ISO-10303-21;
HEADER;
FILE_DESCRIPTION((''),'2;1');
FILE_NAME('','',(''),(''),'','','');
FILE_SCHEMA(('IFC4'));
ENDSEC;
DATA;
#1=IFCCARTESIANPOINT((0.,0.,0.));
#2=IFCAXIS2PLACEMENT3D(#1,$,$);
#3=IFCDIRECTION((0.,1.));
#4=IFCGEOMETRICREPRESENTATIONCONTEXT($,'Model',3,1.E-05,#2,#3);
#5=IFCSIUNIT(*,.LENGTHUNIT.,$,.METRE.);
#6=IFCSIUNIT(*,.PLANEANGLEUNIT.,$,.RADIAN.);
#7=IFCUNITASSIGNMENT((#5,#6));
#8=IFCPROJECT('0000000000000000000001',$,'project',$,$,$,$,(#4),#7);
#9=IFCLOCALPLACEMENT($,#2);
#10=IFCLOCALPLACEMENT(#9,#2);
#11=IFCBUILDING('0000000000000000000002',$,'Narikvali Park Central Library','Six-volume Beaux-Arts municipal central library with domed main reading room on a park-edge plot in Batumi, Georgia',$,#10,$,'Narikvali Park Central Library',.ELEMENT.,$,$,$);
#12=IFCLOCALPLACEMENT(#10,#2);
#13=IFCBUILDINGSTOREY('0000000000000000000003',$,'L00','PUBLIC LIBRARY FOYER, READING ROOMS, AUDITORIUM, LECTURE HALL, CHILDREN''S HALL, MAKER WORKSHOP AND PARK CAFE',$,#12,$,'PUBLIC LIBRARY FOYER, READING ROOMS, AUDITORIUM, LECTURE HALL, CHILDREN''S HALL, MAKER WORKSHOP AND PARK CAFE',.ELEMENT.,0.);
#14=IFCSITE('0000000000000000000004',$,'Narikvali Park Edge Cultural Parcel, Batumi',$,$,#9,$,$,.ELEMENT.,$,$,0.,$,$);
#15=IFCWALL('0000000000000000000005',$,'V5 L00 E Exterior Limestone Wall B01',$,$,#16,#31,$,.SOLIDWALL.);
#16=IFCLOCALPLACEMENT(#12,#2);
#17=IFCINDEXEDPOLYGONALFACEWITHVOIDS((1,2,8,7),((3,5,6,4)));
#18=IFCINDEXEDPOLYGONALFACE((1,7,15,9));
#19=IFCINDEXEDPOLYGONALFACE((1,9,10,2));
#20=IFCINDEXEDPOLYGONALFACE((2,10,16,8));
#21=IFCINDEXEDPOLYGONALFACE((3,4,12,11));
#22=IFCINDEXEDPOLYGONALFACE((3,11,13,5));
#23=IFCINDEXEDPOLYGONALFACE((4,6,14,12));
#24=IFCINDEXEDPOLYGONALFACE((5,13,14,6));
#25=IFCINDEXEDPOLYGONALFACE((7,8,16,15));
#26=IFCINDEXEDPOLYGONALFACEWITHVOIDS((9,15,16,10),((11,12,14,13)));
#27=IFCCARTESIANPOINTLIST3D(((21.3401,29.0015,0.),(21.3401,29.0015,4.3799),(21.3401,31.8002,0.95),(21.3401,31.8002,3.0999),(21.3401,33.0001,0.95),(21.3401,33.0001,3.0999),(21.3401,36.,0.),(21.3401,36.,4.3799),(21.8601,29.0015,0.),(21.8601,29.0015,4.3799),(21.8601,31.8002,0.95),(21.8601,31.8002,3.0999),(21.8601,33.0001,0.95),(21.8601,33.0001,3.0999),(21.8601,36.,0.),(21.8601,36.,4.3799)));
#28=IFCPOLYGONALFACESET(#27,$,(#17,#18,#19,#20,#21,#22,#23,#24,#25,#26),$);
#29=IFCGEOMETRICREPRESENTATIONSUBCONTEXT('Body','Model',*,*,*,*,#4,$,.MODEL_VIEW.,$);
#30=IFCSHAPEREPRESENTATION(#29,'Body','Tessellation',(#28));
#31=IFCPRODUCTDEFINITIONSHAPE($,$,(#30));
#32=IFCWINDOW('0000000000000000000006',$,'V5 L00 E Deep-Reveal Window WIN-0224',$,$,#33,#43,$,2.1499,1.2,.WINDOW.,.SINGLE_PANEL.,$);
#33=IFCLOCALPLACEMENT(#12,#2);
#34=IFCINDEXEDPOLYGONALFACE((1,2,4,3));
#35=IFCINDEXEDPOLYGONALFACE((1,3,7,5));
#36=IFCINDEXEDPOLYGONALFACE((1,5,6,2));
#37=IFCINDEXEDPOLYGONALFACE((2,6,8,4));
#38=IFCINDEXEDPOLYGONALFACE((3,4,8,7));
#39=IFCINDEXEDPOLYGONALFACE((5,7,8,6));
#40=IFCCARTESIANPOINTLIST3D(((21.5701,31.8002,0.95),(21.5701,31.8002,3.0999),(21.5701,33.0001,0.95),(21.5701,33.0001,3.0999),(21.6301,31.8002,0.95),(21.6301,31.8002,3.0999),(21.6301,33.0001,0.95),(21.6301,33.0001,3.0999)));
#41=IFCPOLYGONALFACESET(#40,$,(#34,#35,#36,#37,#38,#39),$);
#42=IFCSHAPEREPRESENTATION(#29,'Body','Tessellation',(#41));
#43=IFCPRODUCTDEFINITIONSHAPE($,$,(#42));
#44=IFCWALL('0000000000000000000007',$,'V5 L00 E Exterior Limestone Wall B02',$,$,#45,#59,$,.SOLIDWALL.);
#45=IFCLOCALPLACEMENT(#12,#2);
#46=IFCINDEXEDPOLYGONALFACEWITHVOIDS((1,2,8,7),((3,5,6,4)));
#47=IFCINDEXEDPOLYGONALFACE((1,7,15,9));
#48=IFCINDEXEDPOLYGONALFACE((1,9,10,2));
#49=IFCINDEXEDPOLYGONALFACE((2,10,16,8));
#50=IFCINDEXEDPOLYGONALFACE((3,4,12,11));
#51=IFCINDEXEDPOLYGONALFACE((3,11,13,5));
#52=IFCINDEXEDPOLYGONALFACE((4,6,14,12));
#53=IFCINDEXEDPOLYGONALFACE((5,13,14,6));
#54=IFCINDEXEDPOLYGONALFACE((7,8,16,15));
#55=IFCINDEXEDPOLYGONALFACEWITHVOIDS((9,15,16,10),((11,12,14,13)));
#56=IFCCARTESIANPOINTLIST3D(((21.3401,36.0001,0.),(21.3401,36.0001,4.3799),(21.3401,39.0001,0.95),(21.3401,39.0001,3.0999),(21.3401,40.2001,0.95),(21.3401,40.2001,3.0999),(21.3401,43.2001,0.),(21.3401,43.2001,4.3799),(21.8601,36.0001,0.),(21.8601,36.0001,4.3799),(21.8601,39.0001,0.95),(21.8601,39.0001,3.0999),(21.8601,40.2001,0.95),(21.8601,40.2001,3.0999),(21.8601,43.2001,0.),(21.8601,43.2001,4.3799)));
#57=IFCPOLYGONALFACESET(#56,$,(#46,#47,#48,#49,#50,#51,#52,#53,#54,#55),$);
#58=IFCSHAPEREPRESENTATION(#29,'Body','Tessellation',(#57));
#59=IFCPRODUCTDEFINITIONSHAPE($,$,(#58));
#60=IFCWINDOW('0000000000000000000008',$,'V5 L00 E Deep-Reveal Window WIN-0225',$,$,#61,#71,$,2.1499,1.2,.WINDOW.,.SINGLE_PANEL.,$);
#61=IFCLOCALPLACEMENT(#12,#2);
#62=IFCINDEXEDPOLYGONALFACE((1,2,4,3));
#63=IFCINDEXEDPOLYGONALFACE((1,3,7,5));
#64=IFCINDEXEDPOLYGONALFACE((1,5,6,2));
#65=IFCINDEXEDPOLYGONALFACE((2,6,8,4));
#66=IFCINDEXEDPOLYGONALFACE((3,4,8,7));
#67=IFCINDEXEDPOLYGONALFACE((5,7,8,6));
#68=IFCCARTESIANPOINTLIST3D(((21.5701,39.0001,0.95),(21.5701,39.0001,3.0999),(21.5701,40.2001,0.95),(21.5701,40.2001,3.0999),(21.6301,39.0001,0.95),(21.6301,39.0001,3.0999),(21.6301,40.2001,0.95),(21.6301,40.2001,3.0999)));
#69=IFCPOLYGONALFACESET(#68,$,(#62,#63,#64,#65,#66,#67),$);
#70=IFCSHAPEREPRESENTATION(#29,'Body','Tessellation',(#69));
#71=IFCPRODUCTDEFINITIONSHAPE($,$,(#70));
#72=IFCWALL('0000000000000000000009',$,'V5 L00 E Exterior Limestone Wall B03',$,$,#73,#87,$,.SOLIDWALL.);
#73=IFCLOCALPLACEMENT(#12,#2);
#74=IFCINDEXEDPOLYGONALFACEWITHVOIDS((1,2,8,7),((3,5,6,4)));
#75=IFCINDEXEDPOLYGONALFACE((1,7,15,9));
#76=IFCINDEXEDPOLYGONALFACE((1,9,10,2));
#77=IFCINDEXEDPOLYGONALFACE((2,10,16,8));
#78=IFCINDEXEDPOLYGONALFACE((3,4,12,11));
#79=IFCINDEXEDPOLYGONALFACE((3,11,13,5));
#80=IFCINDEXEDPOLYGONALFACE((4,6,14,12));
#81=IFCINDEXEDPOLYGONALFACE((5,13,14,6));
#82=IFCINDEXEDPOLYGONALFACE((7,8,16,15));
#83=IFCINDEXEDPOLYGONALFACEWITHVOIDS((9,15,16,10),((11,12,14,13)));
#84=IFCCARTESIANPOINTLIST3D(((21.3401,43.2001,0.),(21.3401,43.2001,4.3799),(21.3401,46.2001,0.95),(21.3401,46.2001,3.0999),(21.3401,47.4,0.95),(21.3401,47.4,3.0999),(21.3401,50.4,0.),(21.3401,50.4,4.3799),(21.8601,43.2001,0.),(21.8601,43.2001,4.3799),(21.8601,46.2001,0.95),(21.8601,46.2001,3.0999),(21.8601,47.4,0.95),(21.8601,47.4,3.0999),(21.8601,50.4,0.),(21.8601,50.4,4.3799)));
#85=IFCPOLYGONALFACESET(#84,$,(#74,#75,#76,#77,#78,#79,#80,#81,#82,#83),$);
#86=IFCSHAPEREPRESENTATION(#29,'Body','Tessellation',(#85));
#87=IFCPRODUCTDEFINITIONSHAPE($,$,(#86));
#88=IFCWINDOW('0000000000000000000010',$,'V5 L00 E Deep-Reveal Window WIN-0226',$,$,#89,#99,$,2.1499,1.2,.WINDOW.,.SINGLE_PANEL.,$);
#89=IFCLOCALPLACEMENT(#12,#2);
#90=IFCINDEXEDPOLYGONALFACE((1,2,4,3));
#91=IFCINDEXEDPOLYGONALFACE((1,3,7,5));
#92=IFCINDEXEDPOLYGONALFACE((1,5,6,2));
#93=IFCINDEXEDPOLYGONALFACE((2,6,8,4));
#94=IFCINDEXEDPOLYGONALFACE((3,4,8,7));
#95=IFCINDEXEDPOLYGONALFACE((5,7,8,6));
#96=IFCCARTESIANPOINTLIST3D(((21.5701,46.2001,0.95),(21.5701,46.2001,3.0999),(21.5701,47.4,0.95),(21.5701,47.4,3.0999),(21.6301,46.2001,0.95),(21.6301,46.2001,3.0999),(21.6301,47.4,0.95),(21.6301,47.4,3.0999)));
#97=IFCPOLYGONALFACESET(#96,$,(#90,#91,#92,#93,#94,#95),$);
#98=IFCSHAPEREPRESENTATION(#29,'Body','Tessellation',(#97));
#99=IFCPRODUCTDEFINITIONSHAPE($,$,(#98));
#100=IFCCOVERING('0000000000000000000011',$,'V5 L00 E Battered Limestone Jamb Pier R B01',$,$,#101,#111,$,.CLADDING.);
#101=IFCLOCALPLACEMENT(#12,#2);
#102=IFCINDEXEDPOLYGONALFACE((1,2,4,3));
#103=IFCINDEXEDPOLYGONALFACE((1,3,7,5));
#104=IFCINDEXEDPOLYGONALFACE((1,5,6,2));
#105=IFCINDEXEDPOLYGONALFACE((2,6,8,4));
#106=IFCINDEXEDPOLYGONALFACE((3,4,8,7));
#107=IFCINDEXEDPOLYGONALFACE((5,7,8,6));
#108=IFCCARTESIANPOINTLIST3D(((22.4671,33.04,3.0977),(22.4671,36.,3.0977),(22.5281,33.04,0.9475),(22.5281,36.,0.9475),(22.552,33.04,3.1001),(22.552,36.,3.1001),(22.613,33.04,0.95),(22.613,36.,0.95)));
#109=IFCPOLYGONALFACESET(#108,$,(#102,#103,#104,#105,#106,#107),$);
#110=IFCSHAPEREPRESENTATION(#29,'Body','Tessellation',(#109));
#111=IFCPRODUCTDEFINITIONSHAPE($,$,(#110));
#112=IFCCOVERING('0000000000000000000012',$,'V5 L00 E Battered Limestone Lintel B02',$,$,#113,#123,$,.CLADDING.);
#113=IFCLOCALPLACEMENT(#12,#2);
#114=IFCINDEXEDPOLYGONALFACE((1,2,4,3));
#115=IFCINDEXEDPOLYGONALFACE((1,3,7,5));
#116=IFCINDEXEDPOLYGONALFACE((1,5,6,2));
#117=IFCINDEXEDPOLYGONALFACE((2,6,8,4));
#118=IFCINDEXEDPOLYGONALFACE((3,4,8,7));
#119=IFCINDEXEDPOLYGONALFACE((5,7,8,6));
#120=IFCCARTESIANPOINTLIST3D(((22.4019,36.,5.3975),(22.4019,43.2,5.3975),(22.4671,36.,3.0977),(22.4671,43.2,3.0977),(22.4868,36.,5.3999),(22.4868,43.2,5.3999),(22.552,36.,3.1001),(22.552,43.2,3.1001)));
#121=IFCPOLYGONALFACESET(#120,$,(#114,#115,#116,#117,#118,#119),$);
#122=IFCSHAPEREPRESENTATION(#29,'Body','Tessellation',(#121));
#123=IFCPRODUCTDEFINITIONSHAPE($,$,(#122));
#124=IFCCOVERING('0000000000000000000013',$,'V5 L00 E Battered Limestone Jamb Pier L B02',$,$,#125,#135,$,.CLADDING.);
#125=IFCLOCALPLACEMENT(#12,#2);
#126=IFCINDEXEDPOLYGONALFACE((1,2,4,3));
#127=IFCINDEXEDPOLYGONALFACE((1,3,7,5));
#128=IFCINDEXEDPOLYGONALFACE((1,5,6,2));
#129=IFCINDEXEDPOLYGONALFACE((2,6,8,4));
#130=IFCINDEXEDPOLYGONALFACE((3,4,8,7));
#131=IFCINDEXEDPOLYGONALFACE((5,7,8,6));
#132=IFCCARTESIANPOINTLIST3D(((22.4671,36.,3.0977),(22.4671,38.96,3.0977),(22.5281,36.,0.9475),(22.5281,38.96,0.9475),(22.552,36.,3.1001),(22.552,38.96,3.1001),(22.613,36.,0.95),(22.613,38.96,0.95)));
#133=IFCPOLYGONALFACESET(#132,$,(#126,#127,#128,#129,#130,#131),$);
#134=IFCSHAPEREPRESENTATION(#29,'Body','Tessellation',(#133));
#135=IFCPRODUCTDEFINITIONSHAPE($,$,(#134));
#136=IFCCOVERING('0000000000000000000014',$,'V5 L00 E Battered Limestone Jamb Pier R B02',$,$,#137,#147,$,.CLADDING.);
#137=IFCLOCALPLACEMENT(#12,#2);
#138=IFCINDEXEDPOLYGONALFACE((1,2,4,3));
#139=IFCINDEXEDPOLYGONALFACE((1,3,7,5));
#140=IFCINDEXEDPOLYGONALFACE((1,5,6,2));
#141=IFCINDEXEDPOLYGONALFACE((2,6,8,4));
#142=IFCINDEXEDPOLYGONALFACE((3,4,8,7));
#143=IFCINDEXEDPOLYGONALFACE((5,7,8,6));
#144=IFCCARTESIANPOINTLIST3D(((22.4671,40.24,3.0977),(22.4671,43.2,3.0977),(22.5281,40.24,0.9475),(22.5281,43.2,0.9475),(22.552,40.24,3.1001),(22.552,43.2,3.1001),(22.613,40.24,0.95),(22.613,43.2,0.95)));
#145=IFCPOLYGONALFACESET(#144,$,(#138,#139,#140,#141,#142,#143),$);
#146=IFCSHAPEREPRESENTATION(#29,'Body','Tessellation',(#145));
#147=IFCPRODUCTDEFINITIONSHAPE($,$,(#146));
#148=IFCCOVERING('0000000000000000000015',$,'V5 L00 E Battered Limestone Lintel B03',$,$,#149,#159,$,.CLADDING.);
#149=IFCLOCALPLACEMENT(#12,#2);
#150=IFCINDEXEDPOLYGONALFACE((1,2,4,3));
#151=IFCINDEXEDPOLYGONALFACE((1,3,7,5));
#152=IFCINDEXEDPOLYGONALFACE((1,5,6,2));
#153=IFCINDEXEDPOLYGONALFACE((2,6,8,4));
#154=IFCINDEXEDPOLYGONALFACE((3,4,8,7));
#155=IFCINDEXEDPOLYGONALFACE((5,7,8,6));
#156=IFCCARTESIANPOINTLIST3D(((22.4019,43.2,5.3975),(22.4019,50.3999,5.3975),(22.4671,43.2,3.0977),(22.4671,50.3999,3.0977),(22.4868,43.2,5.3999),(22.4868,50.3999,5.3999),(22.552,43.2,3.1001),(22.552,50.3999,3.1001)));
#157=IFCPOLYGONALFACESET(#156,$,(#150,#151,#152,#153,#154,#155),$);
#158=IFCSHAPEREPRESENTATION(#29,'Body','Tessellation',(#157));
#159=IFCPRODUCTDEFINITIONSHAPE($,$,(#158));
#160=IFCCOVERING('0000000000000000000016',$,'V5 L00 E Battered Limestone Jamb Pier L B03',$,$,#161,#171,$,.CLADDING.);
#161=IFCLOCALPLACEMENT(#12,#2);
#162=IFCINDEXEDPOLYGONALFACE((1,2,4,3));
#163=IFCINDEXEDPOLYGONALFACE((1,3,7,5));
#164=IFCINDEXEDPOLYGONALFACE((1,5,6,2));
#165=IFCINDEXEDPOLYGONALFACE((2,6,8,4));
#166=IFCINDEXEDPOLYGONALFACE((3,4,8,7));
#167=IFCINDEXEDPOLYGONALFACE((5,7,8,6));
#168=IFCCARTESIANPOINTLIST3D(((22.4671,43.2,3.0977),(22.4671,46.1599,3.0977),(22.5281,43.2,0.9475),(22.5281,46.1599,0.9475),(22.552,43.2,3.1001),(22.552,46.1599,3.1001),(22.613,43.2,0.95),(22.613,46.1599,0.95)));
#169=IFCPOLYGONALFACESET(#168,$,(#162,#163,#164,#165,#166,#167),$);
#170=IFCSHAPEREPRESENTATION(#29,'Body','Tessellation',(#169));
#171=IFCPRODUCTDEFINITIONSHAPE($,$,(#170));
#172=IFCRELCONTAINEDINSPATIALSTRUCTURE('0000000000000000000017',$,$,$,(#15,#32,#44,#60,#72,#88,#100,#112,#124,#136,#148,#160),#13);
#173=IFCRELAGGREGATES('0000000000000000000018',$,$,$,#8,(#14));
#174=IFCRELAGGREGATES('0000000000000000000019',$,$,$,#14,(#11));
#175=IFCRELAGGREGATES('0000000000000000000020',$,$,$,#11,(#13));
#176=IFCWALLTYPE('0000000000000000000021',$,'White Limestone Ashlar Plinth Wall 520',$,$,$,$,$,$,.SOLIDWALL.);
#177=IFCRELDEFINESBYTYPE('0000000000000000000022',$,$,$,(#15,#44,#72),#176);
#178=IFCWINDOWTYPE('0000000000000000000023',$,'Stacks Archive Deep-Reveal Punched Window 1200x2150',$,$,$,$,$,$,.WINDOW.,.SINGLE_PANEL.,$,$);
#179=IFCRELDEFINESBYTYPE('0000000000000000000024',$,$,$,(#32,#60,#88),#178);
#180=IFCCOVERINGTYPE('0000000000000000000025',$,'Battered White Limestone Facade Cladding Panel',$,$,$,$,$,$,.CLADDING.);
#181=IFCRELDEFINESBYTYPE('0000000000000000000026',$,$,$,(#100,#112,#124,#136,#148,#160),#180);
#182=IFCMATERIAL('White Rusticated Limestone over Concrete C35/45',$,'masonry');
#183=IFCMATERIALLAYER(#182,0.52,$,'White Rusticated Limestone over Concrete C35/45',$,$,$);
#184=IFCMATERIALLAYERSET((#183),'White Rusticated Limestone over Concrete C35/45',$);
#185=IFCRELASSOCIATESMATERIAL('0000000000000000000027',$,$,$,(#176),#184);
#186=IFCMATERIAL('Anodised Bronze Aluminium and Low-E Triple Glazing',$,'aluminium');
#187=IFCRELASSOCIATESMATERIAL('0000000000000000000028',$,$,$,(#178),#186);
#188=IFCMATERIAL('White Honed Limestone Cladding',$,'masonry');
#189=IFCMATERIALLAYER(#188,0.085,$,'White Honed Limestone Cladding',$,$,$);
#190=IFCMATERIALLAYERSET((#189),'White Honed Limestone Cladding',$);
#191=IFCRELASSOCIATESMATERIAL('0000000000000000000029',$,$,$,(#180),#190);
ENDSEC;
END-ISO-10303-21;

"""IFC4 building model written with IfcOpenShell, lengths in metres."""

from ifc_helpers import new_model, si_unit, direction, frame, frame_2d, origin, place, context, subcontext, project, spatial, polyline, rectangle, outline, extrude, material, layer, layer_set, type_object, element, fill, save


model = new_model("IFC4")

# Units and contexts
model_context = context("Model", 3, precision=1e-05, world=origin(), true_north=direction((0.0, 1.0)))
body_context = subcontext(model_context, "Body", "Model", "MODEL_VIEW")
ifc_project = project(units=[si_unit("LENGTHUNIT", "METRE"), si_unit("PLANEANGLEUNIT", "RADIAN")], contexts=[model_context])

# Site, building, storey
site_placement = place(None, origin())
site = spatial("IfcSite", under=ifc_project, at=site_placement, Name="Narikvali Park Edge Cultural Parcel, Batumi", CompositionType="ELEMENT", RefElevation=0.0)
building_placement = place(site_placement, origin())
building = spatial("IfcBuilding", under=site, at=building_placement, Name="Narikvali Park Central Library", Description="Six-volume Beaux-Arts municipal central library with domed main reading room on a park-edge plot in Batumi, Georgia", LongName="Narikvali Park Central Library", CompositionType="ELEMENT")
storey_placement = place(building_placement, origin())
storey = spatial("IfcBuildingStorey", under=building, at=storey_placement, Name="L00", Description="PUBLIC LIBRARY FOYER, READING ROOMS, AUDITORIUM, LECTURE HALL, CHILDREN'S HALL, MAKER WORKSHOP AND PARK CAFE", LongName="PUBLIC LIBRARY FOYER, READING ROOMS, AUDITORIUM, LECTURE HALL, CHILDREN'S HALL, MAKER WORKSHOP AND PARK CAFE", CompositionType="ELEMENT", Elevation=0.0)

# Walls, openings, windows
ifc_material_1 = material(Name="White Rusticated Limestone over Concrete C35/45", Category="masonry")
ifc_layer_1 = layer(ifc_material_1, 0.52, Name="White Rusticated Limestone over Concrete C35/45")
ifc_layer_set_1 = layer_set([ifc_layer_1], Name="White Rusticated Limestone over Concrete C35/45")
wall_type = type_object("IfcWallType", Name="White Limestone Ashlar Plinth Wall 520", PredefinedType="SOLIDWALL", material=ifc_layer_set_1)
wall_1_placement = place(storey_placement, frame((21.6001, 29.0015, 0.0), z_axis=(0.0, 0.0, 1.0), x_axis=(0.0, 1.0, 0.0)))
wall_1 = element("IfcWall", 1, at=wall_1_placement, inside=storey, type_object=wall_type, Name="V5 L00 E Exterior Limestone Wall B01", PredefinedType="SOLIDWALL", context=body_context, shape_type="SweptSolid", body=[
    extrude(rectangle(XDim=6.9985, YDim=0.52, at=frame_2d((3.4993, 0.0))), origin(), (0.0, 0.0, 1.0), 4.3799),
])
opening_1_placement = place(wall_1_placement, frame((2.7986, 0.0, 0.95)))
opening_1 = element("IfcOpeningElement", 2, at=opening_1_placement, cuts=wall_1, PredefinedType="OPENING", context=body_context, shape_type="SweptSolid", body=[
    extrude(rectangle(XDim=1.2, YDim=2.1499, at=frame_2d((0.6001, 1.075))), frame((0.0, 0.272, 0.0), z_axis=(0.0, -1.0, 0.0), x_axis=(1.0, 0.0, 0.0)), (0.0, 0.0, 1.0), 0.5439),
])
ifc_material_2 = material(Name="Anodised Bronze Aluminium and Low-E Triple Glazing", Category="aluminium")
window_type = type_object("IfcWindowType", Name="Stacks Archive Deep-Reveal Punched Window 1200x2150", PartitioningType="SINGLE_PANEL", PredefinedType="WINDOW", material=ifc_material_2)
window_1_placement = place(opening_1_placement, origin())
window_1 = element("IfcWindow", 3, at=window_1_placement, inside=storey, type_object=window_type, Name="V5 L00 E Deep-Reveal Window WIN-0224", OverallHeight=2.1499, OverallWidth=1.2, PartitioningType="SINGLE_PANEL", PredefinedType="WINDOW", context=body_context, shape_type="SweptSolid", body=[
    extrude(rectangle(XDim=1.2, YDim=2.1499, at=frame_2d((0.6001, 1.075))), frame((0.0, 0.03, 0.0), z_axis=(0.0, -1.0, 0.0), x_axis=(1.0, 0.0, 0.0)), (0.0, 0.0, 1.0), 0.0601),
])
fill(opening_1, window_1)
wall_2_placement = place(storey_placement, frame((21.6001, 36.0, 0.0), z_axis=(0.0, 0.0, 1.0), x_axis=(0.0, 1.0, 0.0)))
wall_2 = element("IfcWall", 4, at=wall_2_placement, inside=storey, type_object=wall_type, Name="V5 L00 E Exterior Limestone Wall B02", PredefinedType="SOLIDWALL", context=body_context, shape_type="SweptSolid", body=[
    extrude(rectangle(XDim=7.2, YDim=0.52, at=frame_2d((3.6001, 0.0))), origin(), (0.0, 0.0, 1.0), 4.3799),
])
opening_2_placement = place(wall_2_placement, frame((3.0, 0.0, 0.95)))
opening_2 = element("IfcOpeningElement", 5, at=opening_2_placement, cuts=wall_2, PredefinedType="OPENING", context=body_context, shape_type="SweptSolid", body=[
    extrude(rectangle(XDim=1.2, YDim=2.1499, at=frame_2d((0.6001, 1.075))), frame((0.0, 0.272, 0.0), z_axis=(0.0, -1.0, 0.0), x_axis=(1.0, 0.0, 0.0)), (0.0, 0.0, 1.0), 0.5439),
])
window_2_placement = place(opening_2_placement, origin())
window_2 = element("IfcWindow", 6, at=window_2_placement, inside=storey, type_object=window_type, Name="V5 L00 E Deep-Reveal Window WIN-0225", OverallHeight=2.1499, OverallWidth=1.2, PartitioningType="SINGLE_PANEL", PredefinedType="WINDOW", context=body_context, shape_type="SweptSolid", body=[
    extrude(rectangle(XDim=1.2, YDim=2.1499, at=frame_2d((0.6001, 1.075))), frame((0.0, 0.03, 0.0), z_axis=(0.0, -1.0, 0.0), x_axis=(1.0, 0.0, 0.0)), (0.0, 0.0, 1.0), 0.0601),
])
fill(opening_2, window_2)
wall_3_placement = place(storey_placement, frame((21.6001, 43.2, 0.0), z_axis=(0.0, 0.0, 1.0), x_axis=(0.0, 1.0, 0.0)))
wall_3 = element("IfcWall", 7, at=wall_3_placement, inside=storey, type_object=wall_type, Name="V5 L00 E Exterior Limestone Wall B03", PredefinedType="SOLIDWALL", context=body_context, shape_type="SweptSolid", body=[
    extrude(rectangle(XDim=7.2, YDim=0.52, at=frame_2d((3.6001, 0.0))), origin(), (0.0, 0.0, 1.0), 4.3799),
])
opening_3_placement = place(wall_3_placement, frame((3.0, 0.0, 0.95)))
opening_3 = element("IfcOpeningElement", 8, at=opening_3_placement, cuts=wall_3, PredefinedType="OPENING", context=body_context, shape_type="SweptSolid", body=[
    extrude(rectangle(XDim=1.2, YDim=2.1499, at=frame_2d((0.6001, 1.075))), frame((0.0, 0.272, 0.0), z_axis=(0.0, -1.0, 0.0), x_axis=(1.0, 0.0, 0.0)), (0.0, 0.0, 1.0), 0.5439),
])
window_3_placement = place(opening_3_placement, origin())
window_3 = element("IfcWindow", 9, at=window_3_placement, inside=storey, type_object=window_type, Name="V5 L00 E Deep-Reveal Window WIN-0226", OverallHeight=2.1499, OverallWidth=1.2, PartitioningType="SINGLE_PANEL", PredefinedType="WINDOW", context=body_context, shape_type="SweptSolid", body=[
    extrude(rectangle(XDim=1.2, YDim=2.1499, at=frame_2d((0.6001, 1.075))), frame((0.0, 0.03, 0.0), z_axis=(0.0, -1.0, 0.0), x_axis=(1.0, 0.0, 0.0)), (0.0, 0.0, 1.0), 0.0601),
])
fill(opening_3, window_3)

# Coverings
ifc_material_3 = material(Name="White Honed Limestone Cladding", Category="masonry")
ifc_layer_2 = layer(ifc_material_3, 0.085, Name="White Honed Limestone Cladding")
ifc_layer_set_2 = layer_set([ifc_layer_2], Name="White Honed Limestone Cladding")
covering_type = type_object("IfcCoveringType", Name="Battered White Limestone Facade Cladding Panel", PredefinedType="CLADDING", material=ifc_layer_set_2)
covering_1_placement = place(storey_placement, frame((22.613, 33.04, 0.95), z_axis=(0.999597, 0.0, 0.028375), x_axis=(0.0, 1.0, 0.0)))
element("IfcCovering", 10, at=covering_1_placement, inside=storey, type_object=covering_type, Name="V5 L00 E Battered Limestone Jamb Pier R B01", PredefinedType="CLADDING", context=body_context, shape_type="SweptSolid", body=[
    extrude(outline(polyline([(0.0, 0.0), (2.96, 0.0), (2.96, 2.151), (0.0, 2.151), (0.0, 0.0)])), origin(), (0.0, 0.0, -1.0), 0.085),
])
covering_2_placement = place(storey_placement, frame((22.552, 36.0, 3.1001), z_axis=(0.999599, 0.0, 0.028333), x_axis=(0.0, 1.0, 0.0)))
element("IfcCovering", 11, at=covering_2_placement, inside=storey, type_object=covering_type, Name="V5 L00 E Battered Limestone Lintel B02", PredefinedType="CLADDING", context=body_context, shape_type="SweptSolid", body=[
    extrude(outline(polyline([(0.0, 0.0), (7.2, 0.0), (7.2, 2.3007), (0.0, 2.3007), (0.0, 0.0)])), origin(), (0.0, 0.0, -1.0), 0.085),
])
for number, where, z_axis, x_axis, name in (
    (12, (22.613, 36.0, 0.95), (0.999597, 0.0, 0.028375), (0.0, 1.0, 0.0), "V5 L00 E Battered Limestone Jamb Pier L B02"),
    (13, (22.613, 40.24, 0.95), (0.999597, 0.0, 0.028375), (0.0, 1.0, 0.0), "V5 L00 E Battered Limestone Jamb Pier R B02"),
):
    element("IfcCovering", number, at=place(storey_placement, frame(where, z_axis=z_axis, x_axis=x_axis)), inside=storey, type_object=covering_type, Name=name, PredefinedType="CLADDING", context=body_context, shape_type="SweptSolid", body=[
        extrude(outline(polyline([(0.0, 0.0), (2.96, 0.0), (2.96, 2.151), (0.0, 2.151), (0.0, 0.0)])), origin(), (0.0, 0.0, -1.0), 0.085),
    ])
covering_3_placement = place(storey_placement, frame((22.552, 43.2, 3.1001), z_axis=(0.999599, 0.0, 0.028333), x_axis=(0.0, 1.0, 0.0)))
element("IfcCovering", 14, at=covering_3_placement, inside=storey, type_object=covering_type, Name="V5 L00 E Battered Limestone Lintel B03", PredefinedType="CLADDING", context=body_context, shape_type="SweptSolid", body=[
    extrude(outline(polyline([(0.0, 0.0), (7.2, 0.0), (7.2, 2.3007), (0.0, 2.3007), (0.0, 0.0)])), origin(), (0.0, 0.0, -1.0), 0.085),
])
covering_4_placement = place(storey_placement, frame((22.613, 43.2, 0.95), z_axis=(0.999597, 0.0, 0.028375), x_axis=(0.0, 1.0, 0.0)))
element("IfcCovering", 15, at=covering_4_placement, inside=storey, type_object=covering_type, Name="V5 L00 E Battered Limestone Jamb Pier L B03", PredefinedType="CLADDING", context=body_context, shape_type="SweptSolid", body=[
    extrude(outline(polyline([(0.0, 0.0), (2.96, 0.0), (2.96, 2.151), (0.0, 2.151), (0.0, 0.0)])), origin(), (0.0, 0.0, -1.0), 0.085),
])

save(model, "model.ifc")
